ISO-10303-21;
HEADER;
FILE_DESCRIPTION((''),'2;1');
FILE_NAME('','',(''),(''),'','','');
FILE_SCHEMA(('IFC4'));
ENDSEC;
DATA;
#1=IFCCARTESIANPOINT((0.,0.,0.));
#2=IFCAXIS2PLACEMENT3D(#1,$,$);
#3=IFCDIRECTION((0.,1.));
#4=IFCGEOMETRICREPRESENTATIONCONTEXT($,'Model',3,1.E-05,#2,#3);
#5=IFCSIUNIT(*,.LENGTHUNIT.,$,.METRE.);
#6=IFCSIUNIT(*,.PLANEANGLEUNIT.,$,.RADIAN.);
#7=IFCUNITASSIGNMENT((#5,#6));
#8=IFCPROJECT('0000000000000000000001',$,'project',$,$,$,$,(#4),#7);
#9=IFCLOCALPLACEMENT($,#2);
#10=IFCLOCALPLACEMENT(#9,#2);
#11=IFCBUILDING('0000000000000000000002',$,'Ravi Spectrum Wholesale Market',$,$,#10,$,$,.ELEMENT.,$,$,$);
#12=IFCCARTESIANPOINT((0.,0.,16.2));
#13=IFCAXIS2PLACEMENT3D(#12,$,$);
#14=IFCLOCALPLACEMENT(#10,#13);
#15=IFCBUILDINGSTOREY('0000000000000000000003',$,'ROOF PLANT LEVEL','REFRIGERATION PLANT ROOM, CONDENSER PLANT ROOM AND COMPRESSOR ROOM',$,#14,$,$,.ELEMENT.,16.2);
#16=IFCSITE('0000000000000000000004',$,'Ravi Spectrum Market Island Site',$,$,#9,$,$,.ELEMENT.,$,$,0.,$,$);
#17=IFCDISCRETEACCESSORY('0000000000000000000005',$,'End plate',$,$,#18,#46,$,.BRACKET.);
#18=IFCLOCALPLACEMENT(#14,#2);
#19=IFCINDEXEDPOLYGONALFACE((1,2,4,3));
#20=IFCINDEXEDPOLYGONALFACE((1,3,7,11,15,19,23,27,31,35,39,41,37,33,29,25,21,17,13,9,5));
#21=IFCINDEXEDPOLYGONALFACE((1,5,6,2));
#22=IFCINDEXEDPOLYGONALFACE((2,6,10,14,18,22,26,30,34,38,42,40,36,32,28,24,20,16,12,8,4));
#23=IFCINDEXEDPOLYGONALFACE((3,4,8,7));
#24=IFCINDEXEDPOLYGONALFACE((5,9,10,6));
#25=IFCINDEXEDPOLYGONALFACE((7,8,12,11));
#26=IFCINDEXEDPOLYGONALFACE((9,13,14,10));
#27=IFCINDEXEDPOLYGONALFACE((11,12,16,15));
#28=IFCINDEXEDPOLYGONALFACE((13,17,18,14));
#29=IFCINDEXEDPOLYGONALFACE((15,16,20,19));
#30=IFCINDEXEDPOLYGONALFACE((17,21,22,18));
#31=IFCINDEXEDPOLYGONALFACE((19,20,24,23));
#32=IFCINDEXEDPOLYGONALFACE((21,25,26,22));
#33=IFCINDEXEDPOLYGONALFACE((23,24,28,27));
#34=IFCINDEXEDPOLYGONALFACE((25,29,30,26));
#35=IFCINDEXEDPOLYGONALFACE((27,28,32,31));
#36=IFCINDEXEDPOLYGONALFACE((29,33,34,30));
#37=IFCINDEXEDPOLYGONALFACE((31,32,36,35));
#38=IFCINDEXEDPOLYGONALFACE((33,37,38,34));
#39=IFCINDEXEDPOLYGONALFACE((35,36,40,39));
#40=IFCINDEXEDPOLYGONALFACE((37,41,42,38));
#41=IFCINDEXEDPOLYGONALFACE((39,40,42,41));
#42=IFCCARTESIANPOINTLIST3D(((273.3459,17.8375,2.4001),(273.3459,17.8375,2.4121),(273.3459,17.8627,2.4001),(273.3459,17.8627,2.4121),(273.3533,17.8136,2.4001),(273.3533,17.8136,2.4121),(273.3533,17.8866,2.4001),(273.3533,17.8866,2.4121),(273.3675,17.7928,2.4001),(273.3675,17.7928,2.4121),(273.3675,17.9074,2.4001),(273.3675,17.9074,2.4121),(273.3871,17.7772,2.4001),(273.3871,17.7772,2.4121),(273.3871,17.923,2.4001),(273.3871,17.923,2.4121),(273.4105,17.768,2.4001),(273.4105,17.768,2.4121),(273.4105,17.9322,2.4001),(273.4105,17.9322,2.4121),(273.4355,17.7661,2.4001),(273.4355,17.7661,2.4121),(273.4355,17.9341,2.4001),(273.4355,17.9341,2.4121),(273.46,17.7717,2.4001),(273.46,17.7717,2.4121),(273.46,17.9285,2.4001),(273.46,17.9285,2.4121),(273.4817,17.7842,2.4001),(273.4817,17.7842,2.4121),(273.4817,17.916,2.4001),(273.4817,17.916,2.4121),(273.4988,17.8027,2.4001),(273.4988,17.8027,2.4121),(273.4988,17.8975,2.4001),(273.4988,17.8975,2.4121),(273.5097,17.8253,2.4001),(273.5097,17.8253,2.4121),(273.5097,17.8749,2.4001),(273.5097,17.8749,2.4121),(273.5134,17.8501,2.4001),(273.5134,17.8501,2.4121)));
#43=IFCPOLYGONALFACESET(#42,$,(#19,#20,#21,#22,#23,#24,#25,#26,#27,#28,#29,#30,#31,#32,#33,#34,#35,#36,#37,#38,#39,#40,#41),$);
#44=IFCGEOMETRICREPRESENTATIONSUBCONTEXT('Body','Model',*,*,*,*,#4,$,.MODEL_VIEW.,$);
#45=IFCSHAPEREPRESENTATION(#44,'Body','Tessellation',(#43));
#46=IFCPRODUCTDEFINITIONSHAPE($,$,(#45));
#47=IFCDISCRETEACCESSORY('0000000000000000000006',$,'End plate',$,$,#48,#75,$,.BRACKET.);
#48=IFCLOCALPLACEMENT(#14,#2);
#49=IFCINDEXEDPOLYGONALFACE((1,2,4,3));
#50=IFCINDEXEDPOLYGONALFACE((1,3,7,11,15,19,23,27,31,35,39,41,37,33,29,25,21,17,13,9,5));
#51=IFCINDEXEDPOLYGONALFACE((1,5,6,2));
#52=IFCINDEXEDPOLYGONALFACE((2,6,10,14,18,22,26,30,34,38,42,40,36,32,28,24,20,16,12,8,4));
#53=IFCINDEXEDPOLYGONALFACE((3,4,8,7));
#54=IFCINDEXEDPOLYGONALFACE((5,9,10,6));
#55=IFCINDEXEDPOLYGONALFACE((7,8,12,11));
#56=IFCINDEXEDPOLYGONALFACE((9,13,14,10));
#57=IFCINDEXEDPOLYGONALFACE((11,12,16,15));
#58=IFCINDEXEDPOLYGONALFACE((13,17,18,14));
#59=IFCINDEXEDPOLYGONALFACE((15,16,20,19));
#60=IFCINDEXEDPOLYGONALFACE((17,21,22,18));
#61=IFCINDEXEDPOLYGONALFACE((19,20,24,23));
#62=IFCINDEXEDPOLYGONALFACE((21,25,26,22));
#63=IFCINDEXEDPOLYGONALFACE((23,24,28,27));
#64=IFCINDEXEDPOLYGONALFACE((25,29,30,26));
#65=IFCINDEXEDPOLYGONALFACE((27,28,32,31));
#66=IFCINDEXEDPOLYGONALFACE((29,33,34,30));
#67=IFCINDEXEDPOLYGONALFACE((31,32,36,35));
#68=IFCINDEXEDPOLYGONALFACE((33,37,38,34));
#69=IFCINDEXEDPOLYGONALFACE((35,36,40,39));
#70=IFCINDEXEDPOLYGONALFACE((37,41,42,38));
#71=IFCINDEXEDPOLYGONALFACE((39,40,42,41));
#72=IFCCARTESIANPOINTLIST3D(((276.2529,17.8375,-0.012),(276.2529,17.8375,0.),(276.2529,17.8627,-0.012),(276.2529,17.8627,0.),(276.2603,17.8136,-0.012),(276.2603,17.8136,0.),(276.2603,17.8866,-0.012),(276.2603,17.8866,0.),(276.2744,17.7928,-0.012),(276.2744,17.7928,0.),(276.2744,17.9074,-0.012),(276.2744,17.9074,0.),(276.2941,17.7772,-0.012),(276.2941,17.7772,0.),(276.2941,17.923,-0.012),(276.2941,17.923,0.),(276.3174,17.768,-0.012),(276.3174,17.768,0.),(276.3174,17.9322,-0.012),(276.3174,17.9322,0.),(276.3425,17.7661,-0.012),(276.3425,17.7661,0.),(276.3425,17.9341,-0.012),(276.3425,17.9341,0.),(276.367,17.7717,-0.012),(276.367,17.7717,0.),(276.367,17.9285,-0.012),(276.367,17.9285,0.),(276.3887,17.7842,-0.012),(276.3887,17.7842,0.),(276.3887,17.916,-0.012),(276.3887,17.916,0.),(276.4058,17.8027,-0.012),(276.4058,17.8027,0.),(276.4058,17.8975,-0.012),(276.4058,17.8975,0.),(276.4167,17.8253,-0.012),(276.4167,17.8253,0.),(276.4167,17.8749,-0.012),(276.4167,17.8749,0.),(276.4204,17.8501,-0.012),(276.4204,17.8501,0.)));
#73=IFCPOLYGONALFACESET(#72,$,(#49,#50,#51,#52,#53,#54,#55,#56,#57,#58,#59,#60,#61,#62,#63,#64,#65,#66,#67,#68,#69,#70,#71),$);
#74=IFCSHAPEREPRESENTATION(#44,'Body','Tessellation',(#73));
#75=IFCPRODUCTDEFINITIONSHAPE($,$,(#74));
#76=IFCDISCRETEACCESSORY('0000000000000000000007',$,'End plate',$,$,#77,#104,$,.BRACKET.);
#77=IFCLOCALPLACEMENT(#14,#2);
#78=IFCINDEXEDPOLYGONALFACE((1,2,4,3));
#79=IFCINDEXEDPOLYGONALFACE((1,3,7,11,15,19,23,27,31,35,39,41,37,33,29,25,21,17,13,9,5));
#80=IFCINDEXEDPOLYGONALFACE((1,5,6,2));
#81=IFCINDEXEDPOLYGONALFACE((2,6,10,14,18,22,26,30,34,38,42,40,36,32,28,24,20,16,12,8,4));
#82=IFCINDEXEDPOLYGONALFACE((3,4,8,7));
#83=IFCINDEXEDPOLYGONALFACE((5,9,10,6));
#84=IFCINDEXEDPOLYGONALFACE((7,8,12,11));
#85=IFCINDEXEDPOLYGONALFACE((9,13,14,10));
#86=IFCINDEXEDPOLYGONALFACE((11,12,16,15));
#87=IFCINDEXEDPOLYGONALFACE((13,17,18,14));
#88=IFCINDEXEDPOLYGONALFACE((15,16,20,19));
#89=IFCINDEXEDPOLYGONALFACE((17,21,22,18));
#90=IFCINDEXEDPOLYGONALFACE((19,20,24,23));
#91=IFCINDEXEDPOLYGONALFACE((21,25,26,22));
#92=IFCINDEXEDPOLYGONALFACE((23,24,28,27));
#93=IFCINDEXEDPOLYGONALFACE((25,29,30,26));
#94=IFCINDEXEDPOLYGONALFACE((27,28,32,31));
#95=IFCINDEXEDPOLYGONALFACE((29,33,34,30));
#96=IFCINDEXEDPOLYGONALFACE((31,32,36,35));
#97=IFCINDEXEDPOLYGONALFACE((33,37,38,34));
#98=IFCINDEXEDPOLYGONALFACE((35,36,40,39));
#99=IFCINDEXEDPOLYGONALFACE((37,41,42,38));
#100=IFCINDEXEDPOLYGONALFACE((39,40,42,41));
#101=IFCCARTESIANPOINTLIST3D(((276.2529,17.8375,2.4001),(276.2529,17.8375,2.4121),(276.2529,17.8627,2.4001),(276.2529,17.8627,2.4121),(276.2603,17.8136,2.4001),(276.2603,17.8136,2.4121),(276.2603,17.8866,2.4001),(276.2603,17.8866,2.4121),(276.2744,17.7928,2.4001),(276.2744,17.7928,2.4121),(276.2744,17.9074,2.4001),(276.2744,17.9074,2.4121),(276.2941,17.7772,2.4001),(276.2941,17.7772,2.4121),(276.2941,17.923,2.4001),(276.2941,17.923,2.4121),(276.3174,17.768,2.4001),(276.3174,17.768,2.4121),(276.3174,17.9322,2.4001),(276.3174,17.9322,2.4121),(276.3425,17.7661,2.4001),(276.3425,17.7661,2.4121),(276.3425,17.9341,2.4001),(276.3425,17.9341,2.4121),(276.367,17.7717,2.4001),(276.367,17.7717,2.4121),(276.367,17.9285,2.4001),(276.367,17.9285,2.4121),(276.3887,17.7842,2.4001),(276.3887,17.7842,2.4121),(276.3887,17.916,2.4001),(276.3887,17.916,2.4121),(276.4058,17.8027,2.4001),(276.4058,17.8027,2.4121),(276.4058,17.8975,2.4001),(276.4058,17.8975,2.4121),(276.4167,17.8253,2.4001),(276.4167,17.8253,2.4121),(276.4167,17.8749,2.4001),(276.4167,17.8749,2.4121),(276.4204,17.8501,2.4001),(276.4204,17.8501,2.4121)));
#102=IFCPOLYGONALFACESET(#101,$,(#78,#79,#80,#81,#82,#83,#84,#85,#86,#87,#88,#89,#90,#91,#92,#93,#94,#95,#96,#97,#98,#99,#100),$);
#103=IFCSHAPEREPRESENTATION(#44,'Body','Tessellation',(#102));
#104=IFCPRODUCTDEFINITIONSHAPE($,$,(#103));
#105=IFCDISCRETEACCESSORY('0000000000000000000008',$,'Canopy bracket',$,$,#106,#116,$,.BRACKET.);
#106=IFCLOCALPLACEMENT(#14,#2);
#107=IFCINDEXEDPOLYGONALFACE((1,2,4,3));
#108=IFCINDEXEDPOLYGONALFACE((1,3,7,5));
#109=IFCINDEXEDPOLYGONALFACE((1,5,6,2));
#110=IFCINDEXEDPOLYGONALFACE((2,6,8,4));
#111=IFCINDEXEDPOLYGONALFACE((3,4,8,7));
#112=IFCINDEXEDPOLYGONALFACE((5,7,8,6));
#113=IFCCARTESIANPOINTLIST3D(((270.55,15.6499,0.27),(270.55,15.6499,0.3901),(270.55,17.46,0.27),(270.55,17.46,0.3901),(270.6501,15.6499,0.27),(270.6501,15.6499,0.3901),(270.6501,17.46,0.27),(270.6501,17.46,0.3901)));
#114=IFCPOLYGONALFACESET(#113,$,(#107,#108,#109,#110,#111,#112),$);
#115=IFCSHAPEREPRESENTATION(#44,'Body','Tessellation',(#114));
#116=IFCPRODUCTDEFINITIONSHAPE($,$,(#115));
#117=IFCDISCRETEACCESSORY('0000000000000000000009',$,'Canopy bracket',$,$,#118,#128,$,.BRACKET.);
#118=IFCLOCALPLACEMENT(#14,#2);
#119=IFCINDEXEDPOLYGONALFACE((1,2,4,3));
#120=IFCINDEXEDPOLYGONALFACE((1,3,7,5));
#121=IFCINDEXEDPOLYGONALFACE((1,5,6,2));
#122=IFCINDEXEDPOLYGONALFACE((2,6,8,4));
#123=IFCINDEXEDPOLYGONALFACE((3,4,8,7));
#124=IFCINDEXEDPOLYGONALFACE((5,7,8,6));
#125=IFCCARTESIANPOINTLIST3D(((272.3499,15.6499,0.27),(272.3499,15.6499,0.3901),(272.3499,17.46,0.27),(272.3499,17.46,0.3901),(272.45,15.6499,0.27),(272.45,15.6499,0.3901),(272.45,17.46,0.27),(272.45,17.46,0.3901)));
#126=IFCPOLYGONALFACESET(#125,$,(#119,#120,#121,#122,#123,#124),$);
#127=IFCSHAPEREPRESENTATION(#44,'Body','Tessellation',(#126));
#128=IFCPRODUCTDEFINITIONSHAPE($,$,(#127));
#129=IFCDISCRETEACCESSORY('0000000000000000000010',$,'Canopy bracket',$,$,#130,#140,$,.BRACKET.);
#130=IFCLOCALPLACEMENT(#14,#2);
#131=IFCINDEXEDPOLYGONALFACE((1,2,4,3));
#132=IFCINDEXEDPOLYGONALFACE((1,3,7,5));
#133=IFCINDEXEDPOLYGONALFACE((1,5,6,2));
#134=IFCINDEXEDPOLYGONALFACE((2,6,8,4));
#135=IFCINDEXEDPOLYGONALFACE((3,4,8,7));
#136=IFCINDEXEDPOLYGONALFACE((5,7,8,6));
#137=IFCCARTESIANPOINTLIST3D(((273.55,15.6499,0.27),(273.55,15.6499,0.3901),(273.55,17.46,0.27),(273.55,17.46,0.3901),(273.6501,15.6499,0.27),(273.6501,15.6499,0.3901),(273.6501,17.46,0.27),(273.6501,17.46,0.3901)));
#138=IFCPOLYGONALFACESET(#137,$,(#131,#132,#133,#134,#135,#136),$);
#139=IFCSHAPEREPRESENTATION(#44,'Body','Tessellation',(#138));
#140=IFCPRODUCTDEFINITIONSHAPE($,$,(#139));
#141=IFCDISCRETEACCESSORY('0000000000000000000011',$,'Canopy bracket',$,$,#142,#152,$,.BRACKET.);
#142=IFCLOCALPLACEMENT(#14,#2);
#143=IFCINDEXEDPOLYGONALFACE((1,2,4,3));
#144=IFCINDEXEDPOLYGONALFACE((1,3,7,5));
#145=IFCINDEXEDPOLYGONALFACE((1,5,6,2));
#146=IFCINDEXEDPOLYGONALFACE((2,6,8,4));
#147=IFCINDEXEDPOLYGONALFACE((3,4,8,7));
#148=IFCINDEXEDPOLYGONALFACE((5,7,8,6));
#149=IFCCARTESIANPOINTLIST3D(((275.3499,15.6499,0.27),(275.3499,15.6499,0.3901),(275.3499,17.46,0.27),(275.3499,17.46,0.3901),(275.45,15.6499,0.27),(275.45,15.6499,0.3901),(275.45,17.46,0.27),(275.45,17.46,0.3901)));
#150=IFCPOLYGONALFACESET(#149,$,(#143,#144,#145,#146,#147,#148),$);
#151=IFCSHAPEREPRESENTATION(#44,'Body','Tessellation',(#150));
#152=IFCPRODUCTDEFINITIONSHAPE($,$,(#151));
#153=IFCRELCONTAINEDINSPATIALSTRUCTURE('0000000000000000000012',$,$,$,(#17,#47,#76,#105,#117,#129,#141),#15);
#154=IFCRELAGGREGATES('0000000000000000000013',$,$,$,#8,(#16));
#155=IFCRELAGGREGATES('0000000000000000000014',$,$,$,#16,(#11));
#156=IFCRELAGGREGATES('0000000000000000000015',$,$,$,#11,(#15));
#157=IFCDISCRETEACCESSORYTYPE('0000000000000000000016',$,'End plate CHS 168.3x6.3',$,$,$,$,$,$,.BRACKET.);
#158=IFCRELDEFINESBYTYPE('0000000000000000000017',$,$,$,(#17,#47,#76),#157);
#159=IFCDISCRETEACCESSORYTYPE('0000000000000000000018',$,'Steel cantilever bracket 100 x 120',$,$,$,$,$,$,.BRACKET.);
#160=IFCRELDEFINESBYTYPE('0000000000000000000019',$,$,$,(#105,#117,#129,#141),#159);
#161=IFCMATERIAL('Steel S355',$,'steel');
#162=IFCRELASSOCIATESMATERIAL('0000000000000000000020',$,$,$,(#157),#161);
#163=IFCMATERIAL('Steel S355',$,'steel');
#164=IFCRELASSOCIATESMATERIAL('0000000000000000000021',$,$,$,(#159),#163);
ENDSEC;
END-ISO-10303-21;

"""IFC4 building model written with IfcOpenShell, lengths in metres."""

from ifc_helpers import new_model, si_unit, direction, frame, origin, origin_2d, place, context, subcontext, project, spatial, rectangle, circle, extrude, material, material_profile, profile_set, type_object, element, save


model = new_model("IFC4")

# Units and contexts
model_context = context("Model", 3, precision=1e-05, world=origin(), true_north=direction((0.0, 1.0)))
body_context = subcontext(model_context, "Body", "Model", "MODEL_VIEW")
ifc_project = project(units=[si_unit("LENGTHUNIT", "METRE"), si_unit("PLANEANGLEUNIT", "RADIAN")], contexts=[model_context])

# Site, building, storey
site_placement = place(None, origin())
site = spatial("IfcSite", under=ifc_project, at=site_placement, Name="Ravi Spectrum Market Island Site", CompositionType="ELEMENT", RefElevation=0.0)
building_placement = place(site_placement, origin())
building = spatial("IfcBuilding", under=site, at=building_placement, Name="Ravi Spectrum Wholesale Market", CompositionType="ELEMENT")
storey_placement = place(building_placement, frame((0.0, 0.0, 16.2)))
storey = spatial("IfcBuildingStorey", under=building, at=storey_placement, Name="ROOF PLANT LEVEL", Description="REFRIGERATION PLANT ROOM, CONDENSER PLANT ROOM AND COMPRESSOR ROOM", CompositionType="ELEMENT", Elevation=16.2)

# Discrete accessories
ifc_material_1 = material(Name="Steel S355", Category="steel")
ifc_material_profile_1 = material_profile(ifc_material_1, circle(Radius=0.0842, at=origin_2d()))
ifc_profile_set_1 = profile_set([ifc_material_profile_1], Name="Steel S355")
discrete_accessory_type_1 = type_object("IfcDiscreteAccessoryType", Name="End plate CHS 168.3x6.3", PredefinedType="BRACKET", material=ifc_profile_set_1)
for number, where, z_axis, x_axis, name in (
    (1, (273.4292, 17.8501, 2.4001), (0.0, 0.0, 1.0), (1.0, 0.0, 0.0), "End plate"),
    (2, (276.3362, 17.8501, 0.0), (0.0, 0.0, -1.0), (1.0, 0.0, 0.0), "End plate"),
    (3, (276.3362, 17.8501, 2.4001), (0.0, 0.0, 1.0), (1.0, 0.0, 0.0), "End plate"),
):
    element("IfcDiscreteAccessory", number, at=place(storey_placement, frame(where, z_axis=z_axis, x_axis=x_axis)), inside=storey, type_object=discrete_accessory_type_1, Name=name, PredefinedType="BRACKET", context=body_context, shape_type="SweptSolid", body=[
        extrude(circle(Radius=0.0842, at=origin_2d()), origin(), (0.0, 0.0, 1.0), 0.012),
    ])
ifc_material_2 = material(Name="Steel S355", Category="steel")
discrete_accessory_type_2 = type_object("IfcDiscreteAccessoryType", Name="Steel cantilever bracket 100 x 120", PredefinedType="BRACKET", material=ifc_material_2)
for number, where, z_axis, x_axis, name in (
    (4, (270.6001, 16.5549, 0.27), (0.0, 0.0, 1.0), (1.0, 0.0, 0.0), "Canopy bracket"),
    (5, (272.3999, 16.5549, 0.27), (0.0, 0.0, 1.0), (1.0, 0.0, 0.0), "Canopy bracket"),
    (6, (273.6001, 16.5549, 0.27), (0.0, 0.0, 1.0), (1.0, 0.0, 0.0), "Canopy bracket"),
    (7, (275.3999, 16.5549, 0.27), (0.0, 0.0, 1.0), (1.0, 0.0, 0.0), "Canopy bracket"),
):
    element("IfcDiscreteAccessory", number, at=place(storey_placement, frame(where, z_axis=z_axis, x_axis=x_axis)), inside=storey, type_object=discrete_accessory_type_2, Name=name, PredefinedType="BRACKET", context=body_context, shape_type="SweptSolid", body=[
        extrude(rectangle(XDim=0.1001, YDim=1.8101, at=origin_2d()), origin(), (0.0, 0.0, 1.0), 0.1201),
    ])

save(model, "model.ifc")
